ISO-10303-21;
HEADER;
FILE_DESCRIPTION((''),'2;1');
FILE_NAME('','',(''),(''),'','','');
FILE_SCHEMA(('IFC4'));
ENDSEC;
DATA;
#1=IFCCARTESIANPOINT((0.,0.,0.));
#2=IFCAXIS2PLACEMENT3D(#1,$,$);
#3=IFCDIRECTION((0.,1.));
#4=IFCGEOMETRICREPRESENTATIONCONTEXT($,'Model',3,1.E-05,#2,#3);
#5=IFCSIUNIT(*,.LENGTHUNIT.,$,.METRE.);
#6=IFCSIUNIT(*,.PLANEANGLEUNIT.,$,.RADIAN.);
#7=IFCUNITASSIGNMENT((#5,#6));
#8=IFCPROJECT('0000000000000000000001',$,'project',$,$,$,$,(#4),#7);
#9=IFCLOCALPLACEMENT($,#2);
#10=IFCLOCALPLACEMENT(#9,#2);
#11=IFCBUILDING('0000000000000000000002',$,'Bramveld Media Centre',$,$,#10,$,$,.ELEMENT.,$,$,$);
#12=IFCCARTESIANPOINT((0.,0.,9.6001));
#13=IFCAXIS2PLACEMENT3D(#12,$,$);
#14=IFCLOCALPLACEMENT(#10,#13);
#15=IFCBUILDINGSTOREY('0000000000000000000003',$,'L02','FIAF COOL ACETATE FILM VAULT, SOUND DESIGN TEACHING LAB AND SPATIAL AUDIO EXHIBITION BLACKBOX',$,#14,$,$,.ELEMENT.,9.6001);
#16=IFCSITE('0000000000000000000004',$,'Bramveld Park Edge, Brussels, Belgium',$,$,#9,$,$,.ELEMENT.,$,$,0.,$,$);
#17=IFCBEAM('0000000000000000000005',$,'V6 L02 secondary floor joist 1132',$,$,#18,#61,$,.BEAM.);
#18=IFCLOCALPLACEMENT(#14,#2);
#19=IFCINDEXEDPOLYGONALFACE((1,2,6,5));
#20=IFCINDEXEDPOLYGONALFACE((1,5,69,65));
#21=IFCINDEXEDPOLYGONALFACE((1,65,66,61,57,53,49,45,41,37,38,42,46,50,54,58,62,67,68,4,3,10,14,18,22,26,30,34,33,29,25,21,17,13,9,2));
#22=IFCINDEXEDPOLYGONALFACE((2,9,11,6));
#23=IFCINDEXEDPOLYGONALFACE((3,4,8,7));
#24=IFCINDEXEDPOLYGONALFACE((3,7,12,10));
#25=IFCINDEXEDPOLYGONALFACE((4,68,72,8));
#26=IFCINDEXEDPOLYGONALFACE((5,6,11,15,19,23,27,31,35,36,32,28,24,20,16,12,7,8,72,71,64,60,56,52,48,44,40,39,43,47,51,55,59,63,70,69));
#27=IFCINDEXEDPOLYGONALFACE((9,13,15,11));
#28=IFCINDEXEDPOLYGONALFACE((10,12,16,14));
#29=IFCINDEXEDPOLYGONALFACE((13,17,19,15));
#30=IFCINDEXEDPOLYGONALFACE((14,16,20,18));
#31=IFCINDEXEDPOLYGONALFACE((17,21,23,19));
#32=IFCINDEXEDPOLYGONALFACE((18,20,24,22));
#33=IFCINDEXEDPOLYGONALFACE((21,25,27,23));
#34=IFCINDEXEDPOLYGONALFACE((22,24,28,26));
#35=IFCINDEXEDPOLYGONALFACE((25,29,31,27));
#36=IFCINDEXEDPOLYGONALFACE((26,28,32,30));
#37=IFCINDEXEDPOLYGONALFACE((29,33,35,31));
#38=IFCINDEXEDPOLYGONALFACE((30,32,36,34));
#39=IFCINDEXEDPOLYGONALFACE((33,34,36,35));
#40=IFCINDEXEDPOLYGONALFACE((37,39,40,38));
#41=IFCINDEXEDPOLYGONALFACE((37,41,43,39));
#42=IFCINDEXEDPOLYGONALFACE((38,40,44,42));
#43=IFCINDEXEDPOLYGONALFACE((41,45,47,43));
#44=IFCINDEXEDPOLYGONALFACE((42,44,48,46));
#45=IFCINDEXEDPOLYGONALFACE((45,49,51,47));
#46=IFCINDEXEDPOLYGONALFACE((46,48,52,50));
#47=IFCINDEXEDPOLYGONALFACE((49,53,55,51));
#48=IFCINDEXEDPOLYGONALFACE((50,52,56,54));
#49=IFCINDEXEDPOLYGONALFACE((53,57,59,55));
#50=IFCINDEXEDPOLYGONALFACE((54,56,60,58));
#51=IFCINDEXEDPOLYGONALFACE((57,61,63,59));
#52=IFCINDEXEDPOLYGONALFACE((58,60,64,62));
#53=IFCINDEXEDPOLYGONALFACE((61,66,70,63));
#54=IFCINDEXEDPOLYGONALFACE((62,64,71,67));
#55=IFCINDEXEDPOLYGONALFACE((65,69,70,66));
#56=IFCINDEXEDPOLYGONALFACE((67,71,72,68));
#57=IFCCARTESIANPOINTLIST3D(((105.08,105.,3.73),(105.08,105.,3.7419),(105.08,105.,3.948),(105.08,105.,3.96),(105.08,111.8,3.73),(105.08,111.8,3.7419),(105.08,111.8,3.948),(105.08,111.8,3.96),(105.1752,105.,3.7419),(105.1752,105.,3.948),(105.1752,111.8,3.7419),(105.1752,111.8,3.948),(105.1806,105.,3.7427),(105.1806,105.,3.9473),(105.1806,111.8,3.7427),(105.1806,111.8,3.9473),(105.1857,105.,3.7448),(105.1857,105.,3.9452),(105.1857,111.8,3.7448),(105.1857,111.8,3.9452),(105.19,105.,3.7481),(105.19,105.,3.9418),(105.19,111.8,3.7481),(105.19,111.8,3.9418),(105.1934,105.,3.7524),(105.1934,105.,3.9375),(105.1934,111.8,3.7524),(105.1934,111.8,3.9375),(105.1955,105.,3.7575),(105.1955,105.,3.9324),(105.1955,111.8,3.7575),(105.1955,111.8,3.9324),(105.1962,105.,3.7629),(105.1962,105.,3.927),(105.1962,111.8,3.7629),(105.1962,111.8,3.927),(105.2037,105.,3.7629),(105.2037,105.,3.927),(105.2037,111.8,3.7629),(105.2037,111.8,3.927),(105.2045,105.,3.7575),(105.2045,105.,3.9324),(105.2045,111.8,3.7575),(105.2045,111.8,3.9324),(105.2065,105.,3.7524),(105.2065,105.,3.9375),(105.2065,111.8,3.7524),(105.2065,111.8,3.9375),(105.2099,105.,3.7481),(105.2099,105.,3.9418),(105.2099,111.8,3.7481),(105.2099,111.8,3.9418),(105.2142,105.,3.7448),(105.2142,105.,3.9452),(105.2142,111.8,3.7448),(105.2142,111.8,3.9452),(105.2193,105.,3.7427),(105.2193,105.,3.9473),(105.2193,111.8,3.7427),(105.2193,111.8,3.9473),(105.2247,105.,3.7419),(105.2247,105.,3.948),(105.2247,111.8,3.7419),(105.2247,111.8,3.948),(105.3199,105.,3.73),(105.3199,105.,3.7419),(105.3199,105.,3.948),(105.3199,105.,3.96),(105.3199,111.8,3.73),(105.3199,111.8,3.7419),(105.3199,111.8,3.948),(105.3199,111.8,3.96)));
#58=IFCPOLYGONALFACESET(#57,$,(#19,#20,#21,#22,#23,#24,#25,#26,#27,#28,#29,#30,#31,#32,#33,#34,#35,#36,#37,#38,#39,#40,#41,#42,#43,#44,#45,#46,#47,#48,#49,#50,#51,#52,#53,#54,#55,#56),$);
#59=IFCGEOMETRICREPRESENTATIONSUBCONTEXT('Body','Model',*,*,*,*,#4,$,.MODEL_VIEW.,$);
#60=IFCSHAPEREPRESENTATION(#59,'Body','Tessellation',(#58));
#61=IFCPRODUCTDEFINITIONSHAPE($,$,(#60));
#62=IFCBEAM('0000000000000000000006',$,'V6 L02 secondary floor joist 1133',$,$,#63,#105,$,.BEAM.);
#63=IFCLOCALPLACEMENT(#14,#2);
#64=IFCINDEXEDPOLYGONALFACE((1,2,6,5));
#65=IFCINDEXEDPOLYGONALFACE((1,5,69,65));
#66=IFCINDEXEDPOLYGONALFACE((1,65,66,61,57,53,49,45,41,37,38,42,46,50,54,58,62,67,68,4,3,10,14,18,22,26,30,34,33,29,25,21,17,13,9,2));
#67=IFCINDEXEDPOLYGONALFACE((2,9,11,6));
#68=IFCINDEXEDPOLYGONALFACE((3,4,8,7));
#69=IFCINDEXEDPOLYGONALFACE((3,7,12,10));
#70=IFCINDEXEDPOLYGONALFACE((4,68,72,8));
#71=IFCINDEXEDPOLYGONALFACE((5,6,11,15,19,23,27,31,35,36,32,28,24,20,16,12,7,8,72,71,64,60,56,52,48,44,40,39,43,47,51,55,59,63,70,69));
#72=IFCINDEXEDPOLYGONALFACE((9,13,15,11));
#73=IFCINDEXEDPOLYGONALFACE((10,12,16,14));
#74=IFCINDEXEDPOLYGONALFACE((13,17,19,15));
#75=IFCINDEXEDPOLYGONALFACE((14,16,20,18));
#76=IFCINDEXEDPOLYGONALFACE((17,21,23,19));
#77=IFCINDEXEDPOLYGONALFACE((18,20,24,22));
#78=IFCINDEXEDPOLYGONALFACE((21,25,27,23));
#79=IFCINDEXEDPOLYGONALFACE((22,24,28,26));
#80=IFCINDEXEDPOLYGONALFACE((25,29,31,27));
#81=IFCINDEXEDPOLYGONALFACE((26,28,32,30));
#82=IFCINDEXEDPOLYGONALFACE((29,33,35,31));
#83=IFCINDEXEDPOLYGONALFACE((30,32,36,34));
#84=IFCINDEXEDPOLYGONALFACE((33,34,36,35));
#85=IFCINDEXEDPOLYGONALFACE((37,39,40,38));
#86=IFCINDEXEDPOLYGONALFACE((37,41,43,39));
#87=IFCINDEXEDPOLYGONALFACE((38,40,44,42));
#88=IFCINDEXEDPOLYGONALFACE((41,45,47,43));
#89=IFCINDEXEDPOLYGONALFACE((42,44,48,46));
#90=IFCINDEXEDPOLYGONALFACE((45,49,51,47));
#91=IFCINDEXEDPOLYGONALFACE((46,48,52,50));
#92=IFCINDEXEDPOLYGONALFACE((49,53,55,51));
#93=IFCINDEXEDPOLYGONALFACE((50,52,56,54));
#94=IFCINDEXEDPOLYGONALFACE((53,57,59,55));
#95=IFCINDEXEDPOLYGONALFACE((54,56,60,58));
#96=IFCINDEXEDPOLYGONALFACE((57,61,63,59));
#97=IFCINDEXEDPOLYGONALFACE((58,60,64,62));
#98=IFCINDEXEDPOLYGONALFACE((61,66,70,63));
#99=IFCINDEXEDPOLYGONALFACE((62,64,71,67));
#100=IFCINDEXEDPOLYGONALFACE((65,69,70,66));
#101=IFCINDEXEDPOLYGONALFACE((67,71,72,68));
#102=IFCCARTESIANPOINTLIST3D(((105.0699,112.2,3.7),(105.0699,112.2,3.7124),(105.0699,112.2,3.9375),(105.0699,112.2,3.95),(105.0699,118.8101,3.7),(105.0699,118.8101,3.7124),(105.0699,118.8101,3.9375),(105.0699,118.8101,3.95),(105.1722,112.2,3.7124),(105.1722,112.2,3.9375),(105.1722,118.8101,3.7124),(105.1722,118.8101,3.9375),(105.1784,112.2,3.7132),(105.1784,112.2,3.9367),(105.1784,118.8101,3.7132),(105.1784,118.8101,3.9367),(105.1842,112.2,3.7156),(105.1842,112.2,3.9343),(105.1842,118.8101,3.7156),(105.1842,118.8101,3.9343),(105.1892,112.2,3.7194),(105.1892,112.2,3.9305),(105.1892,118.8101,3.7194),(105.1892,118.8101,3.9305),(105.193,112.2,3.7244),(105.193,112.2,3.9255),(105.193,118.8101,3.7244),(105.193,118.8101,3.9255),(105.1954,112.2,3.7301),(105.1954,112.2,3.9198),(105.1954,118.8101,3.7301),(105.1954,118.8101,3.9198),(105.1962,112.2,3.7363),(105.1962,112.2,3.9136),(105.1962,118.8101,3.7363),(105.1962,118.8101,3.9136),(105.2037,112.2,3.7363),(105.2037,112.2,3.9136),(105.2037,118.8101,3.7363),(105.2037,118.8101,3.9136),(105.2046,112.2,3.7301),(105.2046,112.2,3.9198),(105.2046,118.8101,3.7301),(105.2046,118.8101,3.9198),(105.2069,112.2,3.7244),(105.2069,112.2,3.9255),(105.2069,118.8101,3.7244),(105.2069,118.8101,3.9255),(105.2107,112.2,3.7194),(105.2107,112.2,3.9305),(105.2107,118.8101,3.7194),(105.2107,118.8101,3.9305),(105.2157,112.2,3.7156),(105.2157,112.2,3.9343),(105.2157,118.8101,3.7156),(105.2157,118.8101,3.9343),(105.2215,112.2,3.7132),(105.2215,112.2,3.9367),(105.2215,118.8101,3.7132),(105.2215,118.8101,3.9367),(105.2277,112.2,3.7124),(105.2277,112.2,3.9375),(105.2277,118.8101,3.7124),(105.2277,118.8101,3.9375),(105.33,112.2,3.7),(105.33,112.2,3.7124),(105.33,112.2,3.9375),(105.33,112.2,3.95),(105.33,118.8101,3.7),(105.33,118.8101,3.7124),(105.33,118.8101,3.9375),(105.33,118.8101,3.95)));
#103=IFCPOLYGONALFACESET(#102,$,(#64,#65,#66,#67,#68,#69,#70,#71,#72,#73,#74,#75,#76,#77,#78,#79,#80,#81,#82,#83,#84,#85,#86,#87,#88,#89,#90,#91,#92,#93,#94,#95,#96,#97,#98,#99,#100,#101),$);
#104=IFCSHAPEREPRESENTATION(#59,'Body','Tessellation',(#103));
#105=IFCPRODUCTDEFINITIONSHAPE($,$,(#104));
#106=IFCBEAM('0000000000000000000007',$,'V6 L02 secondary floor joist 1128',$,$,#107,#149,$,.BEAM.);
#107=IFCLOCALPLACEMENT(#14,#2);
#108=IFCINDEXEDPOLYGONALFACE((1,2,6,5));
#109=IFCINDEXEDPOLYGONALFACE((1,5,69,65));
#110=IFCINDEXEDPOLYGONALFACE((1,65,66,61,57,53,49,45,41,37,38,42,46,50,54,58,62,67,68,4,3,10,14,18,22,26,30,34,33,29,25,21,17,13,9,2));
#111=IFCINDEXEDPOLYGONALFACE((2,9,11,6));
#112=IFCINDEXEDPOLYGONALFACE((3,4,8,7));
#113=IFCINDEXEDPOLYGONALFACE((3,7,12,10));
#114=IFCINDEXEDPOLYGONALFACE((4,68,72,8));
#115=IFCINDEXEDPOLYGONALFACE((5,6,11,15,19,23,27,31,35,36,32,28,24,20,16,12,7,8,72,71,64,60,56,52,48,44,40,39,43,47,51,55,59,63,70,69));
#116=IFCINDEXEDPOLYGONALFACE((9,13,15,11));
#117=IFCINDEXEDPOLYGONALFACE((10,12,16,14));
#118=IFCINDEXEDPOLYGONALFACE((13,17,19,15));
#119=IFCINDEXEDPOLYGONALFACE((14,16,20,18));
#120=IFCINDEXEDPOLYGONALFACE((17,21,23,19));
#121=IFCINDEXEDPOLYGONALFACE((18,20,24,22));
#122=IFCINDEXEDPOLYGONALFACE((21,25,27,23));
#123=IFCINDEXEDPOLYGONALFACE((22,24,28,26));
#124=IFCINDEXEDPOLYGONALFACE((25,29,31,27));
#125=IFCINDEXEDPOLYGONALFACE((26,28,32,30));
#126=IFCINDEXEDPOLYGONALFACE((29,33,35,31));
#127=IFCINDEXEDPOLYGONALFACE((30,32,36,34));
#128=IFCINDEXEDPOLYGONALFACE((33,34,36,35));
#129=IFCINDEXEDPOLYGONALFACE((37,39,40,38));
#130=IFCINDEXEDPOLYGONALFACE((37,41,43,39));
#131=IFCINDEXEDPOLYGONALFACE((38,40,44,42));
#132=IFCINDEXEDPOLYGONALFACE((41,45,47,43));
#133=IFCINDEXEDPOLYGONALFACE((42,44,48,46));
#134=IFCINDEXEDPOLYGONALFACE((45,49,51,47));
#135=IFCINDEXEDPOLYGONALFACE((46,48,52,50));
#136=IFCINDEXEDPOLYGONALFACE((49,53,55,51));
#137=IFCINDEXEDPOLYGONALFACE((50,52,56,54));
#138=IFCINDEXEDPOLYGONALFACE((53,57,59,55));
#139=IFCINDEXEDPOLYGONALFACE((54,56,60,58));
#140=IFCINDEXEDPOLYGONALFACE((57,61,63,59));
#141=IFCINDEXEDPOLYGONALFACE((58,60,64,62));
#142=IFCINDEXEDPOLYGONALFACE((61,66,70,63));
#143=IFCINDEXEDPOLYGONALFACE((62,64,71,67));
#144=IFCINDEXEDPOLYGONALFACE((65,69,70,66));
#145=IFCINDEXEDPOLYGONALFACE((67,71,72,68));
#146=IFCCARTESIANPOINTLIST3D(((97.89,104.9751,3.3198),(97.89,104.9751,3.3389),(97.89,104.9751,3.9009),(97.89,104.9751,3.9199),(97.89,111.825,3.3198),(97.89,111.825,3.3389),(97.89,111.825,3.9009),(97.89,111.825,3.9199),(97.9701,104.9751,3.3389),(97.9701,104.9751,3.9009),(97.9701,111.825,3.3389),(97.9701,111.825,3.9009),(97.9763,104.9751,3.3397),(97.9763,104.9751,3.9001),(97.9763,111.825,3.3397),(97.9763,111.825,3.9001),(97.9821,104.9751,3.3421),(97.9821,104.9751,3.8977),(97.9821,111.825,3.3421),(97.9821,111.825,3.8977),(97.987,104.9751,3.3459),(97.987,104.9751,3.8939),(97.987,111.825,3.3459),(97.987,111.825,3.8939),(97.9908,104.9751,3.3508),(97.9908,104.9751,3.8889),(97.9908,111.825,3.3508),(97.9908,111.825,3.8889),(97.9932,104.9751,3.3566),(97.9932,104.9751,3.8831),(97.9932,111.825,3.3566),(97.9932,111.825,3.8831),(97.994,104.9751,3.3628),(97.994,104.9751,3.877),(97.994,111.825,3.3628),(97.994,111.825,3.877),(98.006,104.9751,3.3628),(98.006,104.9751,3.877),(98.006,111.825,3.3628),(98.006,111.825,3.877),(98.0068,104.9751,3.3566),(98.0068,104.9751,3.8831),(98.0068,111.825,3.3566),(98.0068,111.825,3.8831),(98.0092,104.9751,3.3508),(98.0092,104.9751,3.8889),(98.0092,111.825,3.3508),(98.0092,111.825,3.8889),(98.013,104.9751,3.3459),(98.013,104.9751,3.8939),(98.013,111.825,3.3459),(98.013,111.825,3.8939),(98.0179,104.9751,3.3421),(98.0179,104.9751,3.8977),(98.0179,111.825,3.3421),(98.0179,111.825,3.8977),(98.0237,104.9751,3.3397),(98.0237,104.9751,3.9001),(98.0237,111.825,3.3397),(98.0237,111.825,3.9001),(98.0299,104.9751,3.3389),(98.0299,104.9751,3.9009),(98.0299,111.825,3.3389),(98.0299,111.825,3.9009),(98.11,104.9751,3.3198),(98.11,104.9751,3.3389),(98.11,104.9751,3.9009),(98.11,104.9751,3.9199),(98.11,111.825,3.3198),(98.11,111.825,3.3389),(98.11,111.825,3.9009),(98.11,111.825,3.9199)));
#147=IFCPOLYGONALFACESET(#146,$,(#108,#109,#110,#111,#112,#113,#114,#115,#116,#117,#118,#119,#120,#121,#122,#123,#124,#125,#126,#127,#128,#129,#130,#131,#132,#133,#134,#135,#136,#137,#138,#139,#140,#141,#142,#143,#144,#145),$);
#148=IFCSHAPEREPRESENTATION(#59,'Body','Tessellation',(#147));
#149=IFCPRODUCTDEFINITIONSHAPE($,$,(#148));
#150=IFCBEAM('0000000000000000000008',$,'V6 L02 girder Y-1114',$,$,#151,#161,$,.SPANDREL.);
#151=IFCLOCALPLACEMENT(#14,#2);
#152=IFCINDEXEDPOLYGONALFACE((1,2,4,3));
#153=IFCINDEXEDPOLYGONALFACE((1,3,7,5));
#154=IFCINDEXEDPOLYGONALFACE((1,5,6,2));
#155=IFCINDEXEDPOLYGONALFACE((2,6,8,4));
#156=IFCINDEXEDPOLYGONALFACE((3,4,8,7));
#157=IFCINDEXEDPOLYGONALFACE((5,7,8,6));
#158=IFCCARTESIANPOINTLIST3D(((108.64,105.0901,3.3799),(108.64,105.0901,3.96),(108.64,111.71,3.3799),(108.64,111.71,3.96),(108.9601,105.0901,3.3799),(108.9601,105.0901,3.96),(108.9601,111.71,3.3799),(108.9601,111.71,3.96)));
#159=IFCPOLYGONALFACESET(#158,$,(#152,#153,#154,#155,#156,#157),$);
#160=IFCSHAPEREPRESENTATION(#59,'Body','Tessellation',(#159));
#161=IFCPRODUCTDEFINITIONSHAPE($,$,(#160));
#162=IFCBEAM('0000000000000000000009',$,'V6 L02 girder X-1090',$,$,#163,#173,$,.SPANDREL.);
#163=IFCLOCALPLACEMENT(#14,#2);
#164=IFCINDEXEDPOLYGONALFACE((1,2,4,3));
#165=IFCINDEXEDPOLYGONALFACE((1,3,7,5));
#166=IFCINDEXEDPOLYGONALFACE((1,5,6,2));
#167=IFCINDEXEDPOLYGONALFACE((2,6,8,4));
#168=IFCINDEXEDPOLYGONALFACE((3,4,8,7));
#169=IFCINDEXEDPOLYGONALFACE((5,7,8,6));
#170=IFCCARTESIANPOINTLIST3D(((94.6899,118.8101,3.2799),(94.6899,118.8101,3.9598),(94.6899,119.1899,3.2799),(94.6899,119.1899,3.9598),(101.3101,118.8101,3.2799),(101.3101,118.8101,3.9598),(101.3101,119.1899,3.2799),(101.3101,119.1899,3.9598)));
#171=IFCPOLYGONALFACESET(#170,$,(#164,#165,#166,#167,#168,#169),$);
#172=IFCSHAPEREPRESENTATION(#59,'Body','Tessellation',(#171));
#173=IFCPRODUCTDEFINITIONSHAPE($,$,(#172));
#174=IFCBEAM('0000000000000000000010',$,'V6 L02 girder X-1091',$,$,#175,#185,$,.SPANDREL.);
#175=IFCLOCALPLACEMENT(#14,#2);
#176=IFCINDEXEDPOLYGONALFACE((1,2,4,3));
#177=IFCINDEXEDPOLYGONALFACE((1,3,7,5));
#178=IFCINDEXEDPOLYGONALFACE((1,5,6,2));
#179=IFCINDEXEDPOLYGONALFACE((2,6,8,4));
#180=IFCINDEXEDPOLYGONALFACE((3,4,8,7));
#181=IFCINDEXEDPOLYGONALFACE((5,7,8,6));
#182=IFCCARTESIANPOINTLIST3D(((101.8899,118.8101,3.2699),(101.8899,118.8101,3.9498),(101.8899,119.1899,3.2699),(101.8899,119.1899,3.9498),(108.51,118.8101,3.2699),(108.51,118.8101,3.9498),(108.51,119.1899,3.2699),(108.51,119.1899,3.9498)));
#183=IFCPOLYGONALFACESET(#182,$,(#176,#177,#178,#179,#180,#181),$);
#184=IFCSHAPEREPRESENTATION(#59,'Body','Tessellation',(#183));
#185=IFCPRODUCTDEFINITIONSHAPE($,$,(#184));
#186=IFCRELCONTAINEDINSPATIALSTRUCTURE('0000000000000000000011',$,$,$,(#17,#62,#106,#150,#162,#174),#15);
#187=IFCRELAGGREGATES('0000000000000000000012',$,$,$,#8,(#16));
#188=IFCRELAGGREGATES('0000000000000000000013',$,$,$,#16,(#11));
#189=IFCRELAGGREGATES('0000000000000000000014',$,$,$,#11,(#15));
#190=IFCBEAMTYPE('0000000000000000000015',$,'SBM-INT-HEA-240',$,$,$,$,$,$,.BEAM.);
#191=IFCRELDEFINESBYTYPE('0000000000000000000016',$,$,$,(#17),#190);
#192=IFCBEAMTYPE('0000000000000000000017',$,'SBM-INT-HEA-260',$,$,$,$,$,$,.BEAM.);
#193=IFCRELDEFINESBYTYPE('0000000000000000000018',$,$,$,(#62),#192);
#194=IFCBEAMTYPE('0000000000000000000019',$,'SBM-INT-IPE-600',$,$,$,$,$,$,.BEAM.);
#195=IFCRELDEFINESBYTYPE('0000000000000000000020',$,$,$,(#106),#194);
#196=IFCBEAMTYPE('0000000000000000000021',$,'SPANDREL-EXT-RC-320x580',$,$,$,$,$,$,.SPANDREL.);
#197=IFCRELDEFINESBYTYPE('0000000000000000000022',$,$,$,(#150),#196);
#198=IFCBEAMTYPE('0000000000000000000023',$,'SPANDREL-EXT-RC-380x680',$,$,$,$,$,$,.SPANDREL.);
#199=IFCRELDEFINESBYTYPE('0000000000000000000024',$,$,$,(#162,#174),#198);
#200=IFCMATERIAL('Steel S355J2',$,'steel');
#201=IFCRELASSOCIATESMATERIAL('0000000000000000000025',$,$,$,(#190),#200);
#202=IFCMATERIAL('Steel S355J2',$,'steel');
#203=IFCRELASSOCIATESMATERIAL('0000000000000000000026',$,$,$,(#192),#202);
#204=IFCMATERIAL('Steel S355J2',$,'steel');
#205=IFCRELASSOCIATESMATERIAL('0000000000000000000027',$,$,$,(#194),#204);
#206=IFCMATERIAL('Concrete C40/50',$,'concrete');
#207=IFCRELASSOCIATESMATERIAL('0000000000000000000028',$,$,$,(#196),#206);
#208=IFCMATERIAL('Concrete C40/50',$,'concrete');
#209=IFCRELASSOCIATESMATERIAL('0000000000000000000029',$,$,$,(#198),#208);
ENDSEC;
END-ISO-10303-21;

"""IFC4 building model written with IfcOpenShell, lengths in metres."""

from ifc_helpers import new_model, si_unit, direction, frame, origin, origin_2d, place, context, subcontext, project, spatial, rectangle, i_section, extrude, material, material_profile, profile_set, type_object, element, save


model = new_model("IFC4")

# Units and contexts
model_context = context("Model", 3, precision=1e-05, world=origin(), true_north=direction((0.0, 1.0)))
body_context = subcontext(model_context, "Body", "Model", "MODEL_VIEW")
ifc_project = project(units=[si_unit("LENGTHUNIT", "METRE"), si_unit("PLANEANGLEUNIT", "RADIAN")], contexts=[model_context])

# Site, building, storey
site_placement = place(None, origin())
site = spatial("IfcSite", under=ifc_project, at=site_placement, Name="Bramveld Park Edge, Brussels, Belgium", CompositionType="ELEMENT", RefElevation=0.0)
building_placement = place(site_placement, origin())
building = spatial("IfcBuilding", under=site, at=building_placement, Name="Bramveld Media Centre", CompositionType="ELEMENT")
storey_placement = place(building_placement, frame((0.0, 0.0, 9.6001)))
storey = spatial("IfcBuildingStorey", under=building, at=storey_placement, Name="L02", Description="FIAF COOL ACETATE FILM VAULT, SOUND DESIGN TEACHING LAB AND SPATIAL AUDIO EXHIBITION BLACKBOX", CompositionType="ELEMENT", Elevation=9.6001)

# Beams
ifc_material_1 = material(Name="Steel S355J2", Category="steel")
ifc_material_profile_1 = material_profile(ifc_material_1, i_section(OverallWidth=0.24, OverallDepth=0.23, WebThickness=0.0076, FlangeThickness=0.012, FilletRadius=0.021, at=origin_2d()), Name="HEA 240")
ifc_profile_set_1 = profile_set([ifc_material_profile_1], Name="Steel S355J2")
beam_type_1 = type_object("IfcBeamType", Name="SBM-INT-HEA-240", PredefinedType="BEAM", material=ifc_profile_set_1)
beam_1_placement = place(storey_placement, frame((105.2, 105.0, 3.845), z_axis=(0.0, 1.0, 0.0), x_axis=(-1.0, 0.0, 0.0)))
element("IfcBeam", 1, at=beam_1_placement, inside=storey, type_object=beam_type_1, Name="V6 L02 secondary floor joist 1132", PredefinedType="BEAM", context=body_context, shape_type="SweptSolid", body=[
    extrude(i_section(OverallWidth=0.24, OverallDepth=0.23, WebThickness=0.0076, FlangeThickness=0.012, FilletRadius=0.021, at=origin_2d()), origin(), (0.0, 0.0, 1.0), 6.8),
])
ifc_material_2 = material(Name="Steel S355J2", Category="steel")
ifc_material_profile_2 = material_profile(ifc_material_2, i_section(OverallWidth=0.26, OverallDepth=0.25, WebThickness=0.0076, FlangeThickness=0.0125, FilletRadius=0.0239, at=origin_2d()), Name="HEA 260")
ifc_profile_set_2 = profile_set([ifc_material_profile_2], Name="Steel S355J2")
beam_type_2 = type_object("IfcBeamType", Name="SBM-INT-HEA-260", PredefinedType="BEAM", material=ifc_profile_set_2)
beam_2_placement = place(storey_placement, frame((105.2, 112.2, 3.825), z_axis=(0.0, 1.0, 0.0), x_axis=(-1.0, 0.0, 0.0)))
element("IfcBeam", 2, at=beam_2_placement, inside=storey, type_object=beam_type_2, Name="V6 L02 secondary floor joist 1133", PredefinedType="BEAM", context=body_context, shape_type="SweptSolid", body=[
    extrude(i_section(OverallWidth=0.26, OverallDepth=0.25, WebThickness=0.0076, FlangeThickness=0.0125, FilletRadius=0.0239, at=origin_2d()), origin(), (0.0, 0.0, 1.0), 6.6101),
])
ifc_material_3 = material(Name="Steel S355J2", Category="steel")
ifc_material_profile_3 = material_profile(ifc_material_3, i_section(OverallWidth=0.22, OverallDepth=0.6001, WebThickness=0.012, FlangeThickness=0.019, FilletRadius=0.0239, at=origin_2d()), Name="IPE 600")
ifc_profile_set_3 = profile_set([ifc_material_profile_3], Name="Steel S355J2")
beam_type_3 = type_object("IfcBeamType", Name="SBM-INT-IPE-600", PredefinedType="BEAM", material=ifc_profile_set_3)
beam_3_placement = place(storey_placement, frame((98.0, 104.9751, 3.6199), z_axis=(0.0, 1.0, 0.0), x_axis=(-1.0, 0.0, 0.0)))
element("IfcBeam", 3, at=beam_3_placement, inside=storey, type_object=beam_type_3, Name="V6 L02 secondary floor joist 1128", PredefinedType="BEAM", context=body_context, shape_type="SweptSolid", body=[
    extrude(i_section(OverallWidth=0.22, OverallDepth=0.6001, WebThickness=0.012, FlangeThickness=0.019, FilletRadius=0.0239, at=origin_2d()), origin(), (0.0, 0.0, 1.0), 6.8499),
])
ifc_material_4 = material(Name="Concrete C40/50", Category="concrete")
ifc_material_profile_4 = material_profile(ifc_material_4, rectangle(XDim=0.3201, YDim=0.5801, at=origin_2d()), Name="RC 320x580")
ifc_profile_set_4 = profile_set([ifc_material_profile_4], Name="Concrete C40/50")
beam_type_4 = type_object("IfcBeamType", Name="SPANDREL-EXT-RC-320x580", PredefinedType="SPANDREL", material=ifc_profile_set_4)
beam_4_placement = place(storey_placement, frame((108.8, 105.0901, 3.6699), z_axis=(0.0, 1.0, 0.0), x_axis=(-1.0, 0.0, 0.0)))
element("IfcBeam", 4, at=beam_4_placement, inside=storey, type_object=beam_type_4, Name="V6 L02 girder Y-1114", PredefinedType="SPANDREL", context=body_context, shape_type="SweptSolid", body=[
    extrude(rectangle(XDim=0.3201, YDim=0.5801, at=origin_2d()), origin(), (0.0, 0.0, 1.0), 6.6199),
])
ifc_material_5 = material(Name="Concrete C40/50", Category="concrete")
ifc_material_profile_5 = material_profile(ifc_material_5, rectangle(XDim=0.3799, YDim=0.6799, at=origin_2d()), Name="RC 380x680")
ifc_profile_set_5 = profile_set([ifc_material_profile_5], Name="Concrete C40/50")
beam_type_5 = type_object("IfcBeamType", Name="SPANDREL-EXT-RC-380x680", PredefinedType="SPANDREL", material=ifc_profile_set_5)
for number, where, z_axis, x_axis, name in (
    (5, (94.6899, 119.0, 3.6199), (1.0, 0.0, 0.0), (0.0, 1.0, 0.0), "V6 L02 girder X-1090"),
    (6, (101.8899, 119.0, 3.6099), (1.0, 0.0, 0.0), (0.0, 1.0, 0.0), "V6 L02 girder X-1091"),
):
    element("IfcBeam", number, at=place(storey_placement, frame(where, z_axis=z_axis, x_axis=x_axis)), inside=storey, type_object=beam_type_5, Name=name, PredefinedType="SPANDREL", context=body_context, shape_type="SweptSolid", body=[
        extrude(rectangle(XDim=0.3799, YDim=0.6799, at=origin_2d()), origin(), (0.0, 0.0, 1.0), 6.6201),
    ])

save(model, "model.ifc")
